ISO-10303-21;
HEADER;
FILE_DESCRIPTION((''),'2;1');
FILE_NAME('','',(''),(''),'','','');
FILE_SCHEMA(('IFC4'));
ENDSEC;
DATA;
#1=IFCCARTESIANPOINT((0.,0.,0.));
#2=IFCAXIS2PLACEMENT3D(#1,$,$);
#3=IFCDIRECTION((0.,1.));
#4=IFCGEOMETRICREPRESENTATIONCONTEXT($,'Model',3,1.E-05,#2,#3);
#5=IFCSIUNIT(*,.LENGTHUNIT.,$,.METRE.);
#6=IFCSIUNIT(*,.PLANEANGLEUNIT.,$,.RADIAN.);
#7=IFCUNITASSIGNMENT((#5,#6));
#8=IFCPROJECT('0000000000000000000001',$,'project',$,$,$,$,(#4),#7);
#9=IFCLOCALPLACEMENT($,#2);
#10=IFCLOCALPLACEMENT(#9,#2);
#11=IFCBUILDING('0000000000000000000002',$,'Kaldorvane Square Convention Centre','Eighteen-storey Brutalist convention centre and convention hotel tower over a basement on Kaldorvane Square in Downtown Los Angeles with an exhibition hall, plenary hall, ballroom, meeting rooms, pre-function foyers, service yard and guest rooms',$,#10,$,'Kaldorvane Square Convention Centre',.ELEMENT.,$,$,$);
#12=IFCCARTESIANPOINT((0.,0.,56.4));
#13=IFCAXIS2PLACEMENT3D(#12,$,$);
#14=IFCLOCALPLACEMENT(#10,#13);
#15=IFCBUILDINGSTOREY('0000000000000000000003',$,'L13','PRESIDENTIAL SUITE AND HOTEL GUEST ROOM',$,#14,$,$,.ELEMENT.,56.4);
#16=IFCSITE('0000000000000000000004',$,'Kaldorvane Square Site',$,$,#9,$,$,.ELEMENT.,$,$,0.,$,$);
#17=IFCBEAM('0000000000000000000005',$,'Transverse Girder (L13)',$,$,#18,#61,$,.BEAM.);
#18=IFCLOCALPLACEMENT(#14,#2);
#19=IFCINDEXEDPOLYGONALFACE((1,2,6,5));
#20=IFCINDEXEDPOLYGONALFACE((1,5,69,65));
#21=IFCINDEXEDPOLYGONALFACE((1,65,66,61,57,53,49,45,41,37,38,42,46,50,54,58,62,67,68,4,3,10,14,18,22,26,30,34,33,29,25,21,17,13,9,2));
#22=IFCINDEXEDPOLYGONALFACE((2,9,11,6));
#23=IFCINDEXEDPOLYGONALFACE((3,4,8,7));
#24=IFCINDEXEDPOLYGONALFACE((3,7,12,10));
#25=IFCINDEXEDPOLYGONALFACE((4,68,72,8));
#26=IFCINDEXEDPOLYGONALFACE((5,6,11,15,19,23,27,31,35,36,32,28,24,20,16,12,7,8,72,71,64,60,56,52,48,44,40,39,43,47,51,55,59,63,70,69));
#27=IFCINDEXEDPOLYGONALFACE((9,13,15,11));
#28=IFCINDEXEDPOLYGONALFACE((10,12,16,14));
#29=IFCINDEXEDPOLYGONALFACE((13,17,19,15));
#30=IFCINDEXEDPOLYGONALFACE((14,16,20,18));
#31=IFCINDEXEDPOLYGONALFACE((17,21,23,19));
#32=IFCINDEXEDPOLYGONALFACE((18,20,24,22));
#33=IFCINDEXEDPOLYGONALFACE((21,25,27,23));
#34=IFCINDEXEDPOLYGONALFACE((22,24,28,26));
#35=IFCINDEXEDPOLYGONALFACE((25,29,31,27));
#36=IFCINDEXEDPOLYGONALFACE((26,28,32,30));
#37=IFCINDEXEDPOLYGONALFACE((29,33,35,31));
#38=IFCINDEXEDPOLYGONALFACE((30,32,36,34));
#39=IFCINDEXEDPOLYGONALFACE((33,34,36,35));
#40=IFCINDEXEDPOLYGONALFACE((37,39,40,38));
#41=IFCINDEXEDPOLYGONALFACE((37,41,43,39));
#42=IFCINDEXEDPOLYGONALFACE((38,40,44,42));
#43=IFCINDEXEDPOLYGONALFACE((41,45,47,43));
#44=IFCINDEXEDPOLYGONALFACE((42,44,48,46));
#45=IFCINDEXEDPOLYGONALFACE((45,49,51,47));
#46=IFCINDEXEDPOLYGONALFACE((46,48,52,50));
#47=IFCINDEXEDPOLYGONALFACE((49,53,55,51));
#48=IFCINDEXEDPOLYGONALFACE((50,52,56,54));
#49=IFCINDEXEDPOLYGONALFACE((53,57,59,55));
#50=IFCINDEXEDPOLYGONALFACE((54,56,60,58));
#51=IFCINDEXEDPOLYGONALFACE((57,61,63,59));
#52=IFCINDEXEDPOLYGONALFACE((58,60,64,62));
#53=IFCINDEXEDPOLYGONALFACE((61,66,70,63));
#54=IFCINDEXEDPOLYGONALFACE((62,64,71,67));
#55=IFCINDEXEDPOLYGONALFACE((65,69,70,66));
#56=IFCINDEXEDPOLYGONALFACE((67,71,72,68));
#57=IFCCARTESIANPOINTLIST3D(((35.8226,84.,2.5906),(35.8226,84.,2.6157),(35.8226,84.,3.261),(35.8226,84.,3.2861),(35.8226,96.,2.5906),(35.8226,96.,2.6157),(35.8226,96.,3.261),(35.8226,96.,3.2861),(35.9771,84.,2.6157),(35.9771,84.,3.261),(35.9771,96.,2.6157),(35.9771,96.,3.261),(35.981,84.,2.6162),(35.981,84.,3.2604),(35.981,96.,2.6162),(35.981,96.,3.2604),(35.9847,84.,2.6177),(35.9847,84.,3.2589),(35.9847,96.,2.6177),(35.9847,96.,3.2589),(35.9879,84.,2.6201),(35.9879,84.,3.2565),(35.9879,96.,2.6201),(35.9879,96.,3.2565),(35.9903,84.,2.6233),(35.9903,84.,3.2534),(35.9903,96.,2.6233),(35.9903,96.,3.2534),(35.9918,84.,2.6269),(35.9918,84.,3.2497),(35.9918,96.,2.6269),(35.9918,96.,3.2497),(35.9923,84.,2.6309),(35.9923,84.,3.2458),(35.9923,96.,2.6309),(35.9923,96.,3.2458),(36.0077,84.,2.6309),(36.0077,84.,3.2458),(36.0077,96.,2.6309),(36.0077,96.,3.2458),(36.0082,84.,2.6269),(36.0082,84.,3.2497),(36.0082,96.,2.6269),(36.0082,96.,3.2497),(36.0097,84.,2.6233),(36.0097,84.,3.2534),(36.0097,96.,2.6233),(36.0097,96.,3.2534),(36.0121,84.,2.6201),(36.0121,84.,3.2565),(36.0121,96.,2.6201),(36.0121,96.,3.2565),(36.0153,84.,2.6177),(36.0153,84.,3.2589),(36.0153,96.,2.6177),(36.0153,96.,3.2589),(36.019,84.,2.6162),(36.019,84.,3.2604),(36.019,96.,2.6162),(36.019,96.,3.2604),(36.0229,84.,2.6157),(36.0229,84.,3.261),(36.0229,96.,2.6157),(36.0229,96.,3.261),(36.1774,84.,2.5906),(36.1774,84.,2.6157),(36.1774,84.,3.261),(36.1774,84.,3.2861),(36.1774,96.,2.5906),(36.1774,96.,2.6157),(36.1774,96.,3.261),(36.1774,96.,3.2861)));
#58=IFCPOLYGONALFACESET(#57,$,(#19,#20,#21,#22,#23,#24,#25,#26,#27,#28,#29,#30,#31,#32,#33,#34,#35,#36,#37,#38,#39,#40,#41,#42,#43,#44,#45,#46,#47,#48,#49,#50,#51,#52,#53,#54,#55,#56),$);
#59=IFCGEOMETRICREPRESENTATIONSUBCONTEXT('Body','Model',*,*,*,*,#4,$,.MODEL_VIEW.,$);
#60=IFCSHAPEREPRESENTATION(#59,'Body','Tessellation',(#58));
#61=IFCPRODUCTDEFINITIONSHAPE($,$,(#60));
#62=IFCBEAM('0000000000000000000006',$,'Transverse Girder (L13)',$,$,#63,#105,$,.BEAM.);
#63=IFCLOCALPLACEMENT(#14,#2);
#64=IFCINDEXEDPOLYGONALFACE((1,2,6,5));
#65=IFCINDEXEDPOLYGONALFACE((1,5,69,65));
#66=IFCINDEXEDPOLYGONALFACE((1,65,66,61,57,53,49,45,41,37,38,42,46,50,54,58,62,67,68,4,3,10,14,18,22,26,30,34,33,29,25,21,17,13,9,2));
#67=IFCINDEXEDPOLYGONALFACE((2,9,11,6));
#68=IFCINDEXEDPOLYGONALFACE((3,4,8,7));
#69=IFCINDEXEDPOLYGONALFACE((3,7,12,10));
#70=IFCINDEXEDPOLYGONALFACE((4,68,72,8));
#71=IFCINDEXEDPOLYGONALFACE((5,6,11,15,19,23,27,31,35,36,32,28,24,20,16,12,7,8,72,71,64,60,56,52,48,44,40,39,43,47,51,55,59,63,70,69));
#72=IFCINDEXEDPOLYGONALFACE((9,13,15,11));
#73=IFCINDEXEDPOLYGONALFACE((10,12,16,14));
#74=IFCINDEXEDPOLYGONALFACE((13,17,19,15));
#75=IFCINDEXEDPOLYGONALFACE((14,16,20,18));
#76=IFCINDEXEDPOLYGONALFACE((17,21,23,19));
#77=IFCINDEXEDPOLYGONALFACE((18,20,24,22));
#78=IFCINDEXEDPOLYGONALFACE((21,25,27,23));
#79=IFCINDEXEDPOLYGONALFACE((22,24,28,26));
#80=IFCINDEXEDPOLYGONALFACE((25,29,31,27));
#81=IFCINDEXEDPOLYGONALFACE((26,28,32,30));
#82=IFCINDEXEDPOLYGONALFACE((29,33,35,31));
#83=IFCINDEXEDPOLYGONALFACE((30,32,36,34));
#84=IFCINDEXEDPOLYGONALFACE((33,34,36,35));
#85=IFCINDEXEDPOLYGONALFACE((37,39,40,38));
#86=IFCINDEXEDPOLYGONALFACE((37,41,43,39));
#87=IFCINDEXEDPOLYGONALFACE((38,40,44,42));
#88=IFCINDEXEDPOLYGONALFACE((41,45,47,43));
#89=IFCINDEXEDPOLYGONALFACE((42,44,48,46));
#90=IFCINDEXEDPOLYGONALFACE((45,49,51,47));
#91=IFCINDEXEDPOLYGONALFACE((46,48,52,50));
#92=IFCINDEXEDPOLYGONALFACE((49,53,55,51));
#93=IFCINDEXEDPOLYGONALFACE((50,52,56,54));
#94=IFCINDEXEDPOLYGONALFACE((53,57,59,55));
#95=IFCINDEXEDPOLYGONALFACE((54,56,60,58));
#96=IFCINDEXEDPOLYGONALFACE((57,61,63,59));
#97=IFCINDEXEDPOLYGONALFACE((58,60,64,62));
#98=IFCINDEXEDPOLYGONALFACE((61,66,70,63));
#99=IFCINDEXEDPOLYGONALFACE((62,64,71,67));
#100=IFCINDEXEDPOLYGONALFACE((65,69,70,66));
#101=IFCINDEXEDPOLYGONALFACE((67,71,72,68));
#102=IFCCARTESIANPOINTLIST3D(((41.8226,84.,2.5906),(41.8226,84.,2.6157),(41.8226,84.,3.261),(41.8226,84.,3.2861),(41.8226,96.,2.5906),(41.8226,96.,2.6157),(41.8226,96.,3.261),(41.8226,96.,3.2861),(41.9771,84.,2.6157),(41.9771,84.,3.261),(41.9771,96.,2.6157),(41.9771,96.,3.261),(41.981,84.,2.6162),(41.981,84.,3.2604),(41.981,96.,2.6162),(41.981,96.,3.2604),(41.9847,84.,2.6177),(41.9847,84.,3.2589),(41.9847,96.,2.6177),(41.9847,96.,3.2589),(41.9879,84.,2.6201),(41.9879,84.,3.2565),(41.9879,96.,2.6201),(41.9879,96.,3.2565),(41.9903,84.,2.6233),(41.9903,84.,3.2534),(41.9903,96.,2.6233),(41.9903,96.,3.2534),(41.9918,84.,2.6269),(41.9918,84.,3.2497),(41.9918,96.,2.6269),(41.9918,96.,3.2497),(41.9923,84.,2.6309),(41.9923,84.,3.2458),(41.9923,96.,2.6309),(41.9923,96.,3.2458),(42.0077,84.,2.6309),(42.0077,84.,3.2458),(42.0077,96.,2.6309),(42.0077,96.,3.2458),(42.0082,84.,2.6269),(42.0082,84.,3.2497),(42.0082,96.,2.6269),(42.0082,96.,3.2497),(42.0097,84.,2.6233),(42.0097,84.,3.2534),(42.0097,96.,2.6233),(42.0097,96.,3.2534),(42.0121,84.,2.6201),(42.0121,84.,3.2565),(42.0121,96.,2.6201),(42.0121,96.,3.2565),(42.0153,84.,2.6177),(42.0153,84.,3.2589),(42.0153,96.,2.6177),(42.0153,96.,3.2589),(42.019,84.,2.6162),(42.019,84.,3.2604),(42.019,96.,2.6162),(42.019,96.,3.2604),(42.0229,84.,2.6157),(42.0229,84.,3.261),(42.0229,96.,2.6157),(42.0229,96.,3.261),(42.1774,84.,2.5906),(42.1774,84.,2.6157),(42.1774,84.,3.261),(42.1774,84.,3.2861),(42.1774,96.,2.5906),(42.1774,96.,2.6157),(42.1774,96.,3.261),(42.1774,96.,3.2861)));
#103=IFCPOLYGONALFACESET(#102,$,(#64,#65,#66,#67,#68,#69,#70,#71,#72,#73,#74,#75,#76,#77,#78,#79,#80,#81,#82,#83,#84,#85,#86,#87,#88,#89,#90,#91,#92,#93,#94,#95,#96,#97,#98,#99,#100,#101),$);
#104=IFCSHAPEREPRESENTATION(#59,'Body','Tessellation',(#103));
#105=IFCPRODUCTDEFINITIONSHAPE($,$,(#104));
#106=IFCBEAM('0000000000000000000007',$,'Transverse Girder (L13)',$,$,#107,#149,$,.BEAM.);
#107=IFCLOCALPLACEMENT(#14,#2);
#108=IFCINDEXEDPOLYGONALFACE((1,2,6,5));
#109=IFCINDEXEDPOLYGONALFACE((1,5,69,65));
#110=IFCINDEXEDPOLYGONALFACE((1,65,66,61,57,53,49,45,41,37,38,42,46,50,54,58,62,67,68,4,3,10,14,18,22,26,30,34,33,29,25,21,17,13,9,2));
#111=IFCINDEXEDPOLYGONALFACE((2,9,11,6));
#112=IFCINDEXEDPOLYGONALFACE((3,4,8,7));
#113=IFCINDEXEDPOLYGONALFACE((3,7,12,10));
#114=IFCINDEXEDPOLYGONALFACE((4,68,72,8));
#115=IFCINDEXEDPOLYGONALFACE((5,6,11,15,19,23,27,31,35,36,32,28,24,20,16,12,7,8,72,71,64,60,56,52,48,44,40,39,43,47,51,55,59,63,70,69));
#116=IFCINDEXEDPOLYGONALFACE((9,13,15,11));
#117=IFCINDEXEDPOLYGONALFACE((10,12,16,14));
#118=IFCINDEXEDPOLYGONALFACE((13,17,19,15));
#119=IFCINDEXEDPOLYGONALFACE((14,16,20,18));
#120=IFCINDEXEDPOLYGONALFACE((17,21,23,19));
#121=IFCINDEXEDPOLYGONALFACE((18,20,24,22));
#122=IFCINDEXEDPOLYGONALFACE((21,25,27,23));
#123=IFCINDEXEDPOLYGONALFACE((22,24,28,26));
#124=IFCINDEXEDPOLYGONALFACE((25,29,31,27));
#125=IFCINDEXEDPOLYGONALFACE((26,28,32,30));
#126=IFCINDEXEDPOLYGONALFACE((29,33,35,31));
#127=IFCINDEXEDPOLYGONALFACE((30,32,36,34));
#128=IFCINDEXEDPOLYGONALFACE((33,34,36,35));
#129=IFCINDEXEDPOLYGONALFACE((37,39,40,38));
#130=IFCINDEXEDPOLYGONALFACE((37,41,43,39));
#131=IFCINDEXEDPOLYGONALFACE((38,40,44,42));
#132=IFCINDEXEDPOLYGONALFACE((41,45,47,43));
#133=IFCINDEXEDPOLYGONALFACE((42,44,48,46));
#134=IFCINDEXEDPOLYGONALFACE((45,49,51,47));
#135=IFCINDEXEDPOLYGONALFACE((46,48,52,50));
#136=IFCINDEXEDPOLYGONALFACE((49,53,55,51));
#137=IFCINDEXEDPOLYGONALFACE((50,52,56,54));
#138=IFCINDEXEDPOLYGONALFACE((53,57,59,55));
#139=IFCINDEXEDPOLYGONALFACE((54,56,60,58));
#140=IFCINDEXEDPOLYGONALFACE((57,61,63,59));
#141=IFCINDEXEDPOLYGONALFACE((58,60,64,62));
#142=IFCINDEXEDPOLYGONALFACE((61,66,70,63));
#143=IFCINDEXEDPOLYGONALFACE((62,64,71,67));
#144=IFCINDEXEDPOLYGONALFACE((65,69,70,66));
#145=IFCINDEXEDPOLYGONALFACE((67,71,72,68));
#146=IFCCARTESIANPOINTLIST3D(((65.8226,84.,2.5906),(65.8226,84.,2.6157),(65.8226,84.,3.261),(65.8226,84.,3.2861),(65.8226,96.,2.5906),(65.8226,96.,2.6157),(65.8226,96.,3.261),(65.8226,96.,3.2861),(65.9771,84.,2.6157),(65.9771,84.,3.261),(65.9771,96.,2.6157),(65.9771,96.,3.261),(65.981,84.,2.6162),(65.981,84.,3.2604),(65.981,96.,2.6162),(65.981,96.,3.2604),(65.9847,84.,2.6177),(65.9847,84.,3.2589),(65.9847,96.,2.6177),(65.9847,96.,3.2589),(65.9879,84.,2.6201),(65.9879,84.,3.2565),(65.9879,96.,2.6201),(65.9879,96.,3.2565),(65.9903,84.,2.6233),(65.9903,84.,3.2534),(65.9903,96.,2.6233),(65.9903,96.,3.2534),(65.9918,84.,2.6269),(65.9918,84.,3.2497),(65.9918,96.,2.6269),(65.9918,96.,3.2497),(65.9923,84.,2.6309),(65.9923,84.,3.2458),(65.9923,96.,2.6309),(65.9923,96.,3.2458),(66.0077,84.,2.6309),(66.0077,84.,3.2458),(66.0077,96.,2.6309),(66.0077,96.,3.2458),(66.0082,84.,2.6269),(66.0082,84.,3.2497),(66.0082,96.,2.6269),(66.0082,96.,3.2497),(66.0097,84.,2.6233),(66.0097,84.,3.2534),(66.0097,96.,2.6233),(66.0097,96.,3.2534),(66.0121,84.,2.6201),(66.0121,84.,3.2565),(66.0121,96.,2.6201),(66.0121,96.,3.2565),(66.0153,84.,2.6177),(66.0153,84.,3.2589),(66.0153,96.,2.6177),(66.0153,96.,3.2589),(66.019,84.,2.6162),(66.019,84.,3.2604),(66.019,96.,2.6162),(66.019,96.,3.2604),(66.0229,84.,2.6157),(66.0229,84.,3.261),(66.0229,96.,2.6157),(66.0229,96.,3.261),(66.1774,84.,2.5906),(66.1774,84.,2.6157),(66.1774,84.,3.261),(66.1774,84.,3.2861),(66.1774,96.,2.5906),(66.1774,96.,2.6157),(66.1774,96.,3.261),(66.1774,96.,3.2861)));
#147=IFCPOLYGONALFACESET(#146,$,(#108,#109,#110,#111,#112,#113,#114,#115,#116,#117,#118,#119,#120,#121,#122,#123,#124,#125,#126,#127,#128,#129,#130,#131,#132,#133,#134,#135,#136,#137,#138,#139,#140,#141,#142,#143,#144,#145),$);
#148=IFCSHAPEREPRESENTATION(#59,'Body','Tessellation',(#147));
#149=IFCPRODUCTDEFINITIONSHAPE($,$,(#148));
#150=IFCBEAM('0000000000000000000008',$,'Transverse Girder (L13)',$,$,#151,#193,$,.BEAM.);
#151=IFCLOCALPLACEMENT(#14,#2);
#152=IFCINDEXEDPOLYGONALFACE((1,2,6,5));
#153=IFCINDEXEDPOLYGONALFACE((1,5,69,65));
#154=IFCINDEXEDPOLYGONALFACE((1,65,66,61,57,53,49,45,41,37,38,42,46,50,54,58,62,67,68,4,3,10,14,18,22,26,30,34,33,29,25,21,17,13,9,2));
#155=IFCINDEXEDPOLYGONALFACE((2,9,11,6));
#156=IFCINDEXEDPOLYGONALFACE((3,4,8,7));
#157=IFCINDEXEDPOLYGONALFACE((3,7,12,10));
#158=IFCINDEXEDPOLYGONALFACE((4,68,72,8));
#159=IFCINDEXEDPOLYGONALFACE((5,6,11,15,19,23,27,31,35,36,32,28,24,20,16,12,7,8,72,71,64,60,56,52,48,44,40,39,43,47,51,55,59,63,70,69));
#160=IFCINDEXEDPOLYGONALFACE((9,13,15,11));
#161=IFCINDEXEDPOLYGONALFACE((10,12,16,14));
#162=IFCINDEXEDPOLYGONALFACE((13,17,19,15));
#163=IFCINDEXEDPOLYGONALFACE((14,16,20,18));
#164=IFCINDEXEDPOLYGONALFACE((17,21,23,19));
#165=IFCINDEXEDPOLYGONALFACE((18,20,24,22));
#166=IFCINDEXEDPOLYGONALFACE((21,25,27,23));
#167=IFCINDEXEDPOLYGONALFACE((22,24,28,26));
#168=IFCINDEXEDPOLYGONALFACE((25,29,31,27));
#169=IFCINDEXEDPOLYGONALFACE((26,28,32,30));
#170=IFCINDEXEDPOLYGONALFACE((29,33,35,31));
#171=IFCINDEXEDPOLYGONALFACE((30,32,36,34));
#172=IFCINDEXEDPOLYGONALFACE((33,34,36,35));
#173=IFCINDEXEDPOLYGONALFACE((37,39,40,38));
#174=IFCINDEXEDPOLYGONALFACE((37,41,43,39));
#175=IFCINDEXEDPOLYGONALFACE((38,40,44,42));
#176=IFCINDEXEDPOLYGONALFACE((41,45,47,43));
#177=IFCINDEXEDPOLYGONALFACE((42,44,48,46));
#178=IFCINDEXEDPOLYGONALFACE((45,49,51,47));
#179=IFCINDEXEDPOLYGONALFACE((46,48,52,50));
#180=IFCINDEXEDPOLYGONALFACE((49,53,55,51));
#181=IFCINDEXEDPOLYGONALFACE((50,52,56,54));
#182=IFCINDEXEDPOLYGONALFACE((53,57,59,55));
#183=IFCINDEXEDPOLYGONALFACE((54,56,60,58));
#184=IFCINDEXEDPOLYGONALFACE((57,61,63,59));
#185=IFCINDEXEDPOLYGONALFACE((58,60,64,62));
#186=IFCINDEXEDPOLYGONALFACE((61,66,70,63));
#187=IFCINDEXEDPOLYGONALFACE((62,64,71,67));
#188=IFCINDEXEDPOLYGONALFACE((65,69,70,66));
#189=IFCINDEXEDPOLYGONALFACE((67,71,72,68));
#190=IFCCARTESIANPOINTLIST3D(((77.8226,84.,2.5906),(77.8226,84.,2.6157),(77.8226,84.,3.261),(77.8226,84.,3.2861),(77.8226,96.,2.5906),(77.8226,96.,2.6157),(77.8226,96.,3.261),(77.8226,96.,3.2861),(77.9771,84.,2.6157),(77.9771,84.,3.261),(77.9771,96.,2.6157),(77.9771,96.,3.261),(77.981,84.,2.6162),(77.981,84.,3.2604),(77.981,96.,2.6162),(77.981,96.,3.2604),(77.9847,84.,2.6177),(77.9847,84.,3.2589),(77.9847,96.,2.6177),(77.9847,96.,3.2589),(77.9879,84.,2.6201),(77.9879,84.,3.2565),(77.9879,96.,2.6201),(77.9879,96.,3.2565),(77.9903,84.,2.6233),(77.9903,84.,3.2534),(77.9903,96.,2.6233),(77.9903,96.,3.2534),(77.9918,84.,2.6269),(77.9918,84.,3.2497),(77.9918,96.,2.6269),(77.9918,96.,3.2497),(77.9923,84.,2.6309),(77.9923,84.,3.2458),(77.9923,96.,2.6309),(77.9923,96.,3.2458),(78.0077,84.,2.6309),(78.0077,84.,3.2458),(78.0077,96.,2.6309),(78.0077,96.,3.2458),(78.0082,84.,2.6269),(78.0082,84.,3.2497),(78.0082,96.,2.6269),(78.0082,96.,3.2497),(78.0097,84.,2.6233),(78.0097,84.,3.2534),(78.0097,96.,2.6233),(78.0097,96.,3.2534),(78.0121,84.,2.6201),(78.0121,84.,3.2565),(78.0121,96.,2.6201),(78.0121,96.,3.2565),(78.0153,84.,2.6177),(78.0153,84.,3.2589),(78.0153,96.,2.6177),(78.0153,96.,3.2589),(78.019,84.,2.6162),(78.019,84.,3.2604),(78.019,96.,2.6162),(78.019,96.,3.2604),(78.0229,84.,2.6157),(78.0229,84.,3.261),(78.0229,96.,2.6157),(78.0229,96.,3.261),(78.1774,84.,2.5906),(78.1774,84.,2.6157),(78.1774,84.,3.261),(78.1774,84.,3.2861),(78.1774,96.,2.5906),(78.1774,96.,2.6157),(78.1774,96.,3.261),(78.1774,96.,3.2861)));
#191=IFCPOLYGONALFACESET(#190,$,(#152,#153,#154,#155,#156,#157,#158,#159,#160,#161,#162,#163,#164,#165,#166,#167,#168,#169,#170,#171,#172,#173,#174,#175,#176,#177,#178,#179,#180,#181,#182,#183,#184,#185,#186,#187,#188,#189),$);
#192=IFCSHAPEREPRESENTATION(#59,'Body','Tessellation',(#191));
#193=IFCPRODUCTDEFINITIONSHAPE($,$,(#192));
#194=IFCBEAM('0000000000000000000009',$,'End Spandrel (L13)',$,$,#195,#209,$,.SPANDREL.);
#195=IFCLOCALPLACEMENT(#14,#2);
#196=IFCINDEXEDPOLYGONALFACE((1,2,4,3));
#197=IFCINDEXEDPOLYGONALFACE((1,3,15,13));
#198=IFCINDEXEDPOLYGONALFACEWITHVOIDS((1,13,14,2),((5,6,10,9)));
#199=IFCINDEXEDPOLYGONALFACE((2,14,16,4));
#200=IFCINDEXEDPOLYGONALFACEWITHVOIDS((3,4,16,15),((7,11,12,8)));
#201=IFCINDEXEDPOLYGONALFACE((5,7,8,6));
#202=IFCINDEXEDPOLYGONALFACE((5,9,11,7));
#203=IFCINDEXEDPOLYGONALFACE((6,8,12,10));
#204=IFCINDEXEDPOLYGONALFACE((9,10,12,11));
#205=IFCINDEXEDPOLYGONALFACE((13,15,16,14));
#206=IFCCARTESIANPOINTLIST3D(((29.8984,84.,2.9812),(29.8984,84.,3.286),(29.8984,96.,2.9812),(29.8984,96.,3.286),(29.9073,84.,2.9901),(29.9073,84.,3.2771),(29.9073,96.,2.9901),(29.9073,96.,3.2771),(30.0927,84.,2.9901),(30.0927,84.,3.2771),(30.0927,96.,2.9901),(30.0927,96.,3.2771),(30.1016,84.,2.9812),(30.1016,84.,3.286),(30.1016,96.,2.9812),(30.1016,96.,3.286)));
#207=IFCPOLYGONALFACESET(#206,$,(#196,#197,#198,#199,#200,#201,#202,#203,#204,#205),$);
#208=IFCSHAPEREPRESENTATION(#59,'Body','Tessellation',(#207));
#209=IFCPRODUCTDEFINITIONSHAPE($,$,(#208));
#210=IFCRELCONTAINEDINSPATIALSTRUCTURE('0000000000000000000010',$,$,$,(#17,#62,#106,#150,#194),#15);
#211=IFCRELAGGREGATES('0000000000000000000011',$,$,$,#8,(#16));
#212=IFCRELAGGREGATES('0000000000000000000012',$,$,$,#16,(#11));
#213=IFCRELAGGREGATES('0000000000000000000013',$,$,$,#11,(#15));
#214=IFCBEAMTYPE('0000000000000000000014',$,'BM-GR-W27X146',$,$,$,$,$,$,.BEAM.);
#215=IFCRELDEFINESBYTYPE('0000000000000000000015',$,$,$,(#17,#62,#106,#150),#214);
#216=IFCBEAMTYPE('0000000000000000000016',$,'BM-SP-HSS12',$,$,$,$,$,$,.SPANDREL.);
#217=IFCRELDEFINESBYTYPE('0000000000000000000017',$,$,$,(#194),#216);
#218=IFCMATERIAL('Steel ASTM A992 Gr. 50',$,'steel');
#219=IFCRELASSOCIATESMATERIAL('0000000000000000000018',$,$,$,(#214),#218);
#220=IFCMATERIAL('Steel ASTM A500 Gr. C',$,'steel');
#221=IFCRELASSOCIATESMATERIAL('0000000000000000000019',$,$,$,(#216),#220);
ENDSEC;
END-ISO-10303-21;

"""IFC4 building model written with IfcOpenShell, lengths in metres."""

from ifc_helpers import new_model, si_unit, direction, frame, origin, origin_2d, place, context, subcontext, project, spatial, hollow_rectangle, i_section, extrude, material, material_profile, profile_set, type_object, element, save


model = new_model("IFC4")

# Units and contexts
model_context = context("Model", 3, precision=1e-05, world=origin(), true_north=direction((0.0, 1.0)))
body_context = subcontext(model_context, "Body", "Model", "MODEL_VIEW")
ifc_project = project(units=[si_unit("LENGTHUNIT", "METRE"), si_unit("PLANEANGLEUNIT", "RADIAN")], contexts=[model_context])

# Site, building, storey
site_placement = place(None, origin())
site = spatial("IfcSite", under=ifc_project, at=site_placement, Name="Kaldorvane Square Site", CompositionType="ELEMENT", RefElevation=0.0)
building_placement = place(site_placement, origin())
building = spatial("IfcBuilding", under=site, at=building_placement, Name="Kaldorvane Square Convention Centre", Description="Eighteen-storey Brutalist convention centre and convention hotel tower over a basement on Kaldorvane Square in Downtown Los Angeles with an exhibition hall, plenary hall, ballroom, meeting rooms, pre-function foyers, service yard and guest rooms", LongName="Kaldorvane Square Convention Centre", CompositionType="ELEMENT")
storey_placement = place(building_placement, frame((0.0, 0.0, 56.4)))
storey = spatial("IfcBuildingStorey", under=building, at=storey_placement, Name="L13", Description="PRESIDENTIAL SUITE AND HOTEL GUEST ROOM", CompositionType="ELEMENT", Elevation=56.4)

# Beams
ifc_material_1 = material(Name="Steel ASTM A992 Gr. 50", Category="steel")
ifc_material_profile_1 = material_profile(ifc_material_1, i_section(OverallWidth=0.3547, OverallDepth=0.6955, WebThickness=0.0154, FlangeThickness=0.0251, FilletRadius=0.0152, at=origin_2d()), Name="W27X146")
ifc_profile_set_1 = profile_set([ifc_material_profile_1], Name="Steel ASTM A992 Gr. 50")
beam_type_1 = type_object("IfcBeamType", Name="BM-GR-W27X146", PredefinedType="BEAM", material=ifc_profile_set_1)
for number, where, z_axis, x_axis, name in (
    (1, (36.0, 84.0, 2.9383), (0.0, 1.0, 0.0), (-1.0, 0.0, 0.0), "Transverse Girder (L13)"),
    (2, (42.0, 84.0, 2.9383), (0.0, 1.0, 0.0), (-1.0, 0.0, 0.0), "Transverse Girder (L13)"),
    (3, (66.0, 84.0, 2.9383), (0.0, 1.0, 0.0), (-1.0, 0.0, 0.0), "Transverse Girder (L13)"),
    (4, (78.0, 84.0, 2.9383), (0.0, 1.0, 0.0), (-1.0, 0.0, 0.0), "Transverse Girder (L13)"),
):
    element("IfcBeam", number, at=place(storey_placement, frame(where, z_axis=z_axis, x_axis=x_axis)), inside=storey, type_object=beam_type_1, Name=name, PredefinedType="BEAM", context=body_context, shape_type="SweptSolid", body=[
        extrude(i_section(OverallWidth=0.3547, OverallDepth=0.6955, WebThickness=0.0154, FlangeThickness=0.0251, FilletRadius=0.0152, at=origin_2d()), origin(), (0.0, 0.0, 1.0), 12.0),
    ])
ifc_material_2 = material(Name="Steel ASTM A500 Gr. C", Category="steel")
ifc_material_profile_2 = material_profile(ifc_material_2, hollow_rectangle(XDim=0.2032, YDim=0.3048, WallThickness=0.0089, at=origin_2d()), Name="HSS12X8X3/8")
ifc_profile_set_2 = profile_set([ifc_material_profile_2], Name="Steel ASTM A500 Gr. C")
beam_type_2 = type_object("IfcBeamType", Name="BM-SP-HSS12", PredefinedType="SPANDREL", material=ifc_profile_set_2)
for number, where, z_axis, x_axis, name in (
    (5, (30.0, 84.0, 3.1336), (0.0, 1.0, 0.0), (-1.0, 0.0, 0.0), "End Spandrel (L13)"),
):
    element("IfcBeam", number, at=place(storey_placement, frame(where, z_axis=z_axis, x_axis=x_axis)), inside=storey, type_object=beam_type_2, Name=name, PredefinedType="SPANDREL", context=body_context, shape_type="SweptSolid", body=[
        extrude(hollow_rectangle(XDim=0.2032, YDim=0.3048, WallThickness=0.0089, at=origin_2d()), origin(), (0.0, 0.0, 1.0), 12.0),
    ])

save(model, "model.ifc")
